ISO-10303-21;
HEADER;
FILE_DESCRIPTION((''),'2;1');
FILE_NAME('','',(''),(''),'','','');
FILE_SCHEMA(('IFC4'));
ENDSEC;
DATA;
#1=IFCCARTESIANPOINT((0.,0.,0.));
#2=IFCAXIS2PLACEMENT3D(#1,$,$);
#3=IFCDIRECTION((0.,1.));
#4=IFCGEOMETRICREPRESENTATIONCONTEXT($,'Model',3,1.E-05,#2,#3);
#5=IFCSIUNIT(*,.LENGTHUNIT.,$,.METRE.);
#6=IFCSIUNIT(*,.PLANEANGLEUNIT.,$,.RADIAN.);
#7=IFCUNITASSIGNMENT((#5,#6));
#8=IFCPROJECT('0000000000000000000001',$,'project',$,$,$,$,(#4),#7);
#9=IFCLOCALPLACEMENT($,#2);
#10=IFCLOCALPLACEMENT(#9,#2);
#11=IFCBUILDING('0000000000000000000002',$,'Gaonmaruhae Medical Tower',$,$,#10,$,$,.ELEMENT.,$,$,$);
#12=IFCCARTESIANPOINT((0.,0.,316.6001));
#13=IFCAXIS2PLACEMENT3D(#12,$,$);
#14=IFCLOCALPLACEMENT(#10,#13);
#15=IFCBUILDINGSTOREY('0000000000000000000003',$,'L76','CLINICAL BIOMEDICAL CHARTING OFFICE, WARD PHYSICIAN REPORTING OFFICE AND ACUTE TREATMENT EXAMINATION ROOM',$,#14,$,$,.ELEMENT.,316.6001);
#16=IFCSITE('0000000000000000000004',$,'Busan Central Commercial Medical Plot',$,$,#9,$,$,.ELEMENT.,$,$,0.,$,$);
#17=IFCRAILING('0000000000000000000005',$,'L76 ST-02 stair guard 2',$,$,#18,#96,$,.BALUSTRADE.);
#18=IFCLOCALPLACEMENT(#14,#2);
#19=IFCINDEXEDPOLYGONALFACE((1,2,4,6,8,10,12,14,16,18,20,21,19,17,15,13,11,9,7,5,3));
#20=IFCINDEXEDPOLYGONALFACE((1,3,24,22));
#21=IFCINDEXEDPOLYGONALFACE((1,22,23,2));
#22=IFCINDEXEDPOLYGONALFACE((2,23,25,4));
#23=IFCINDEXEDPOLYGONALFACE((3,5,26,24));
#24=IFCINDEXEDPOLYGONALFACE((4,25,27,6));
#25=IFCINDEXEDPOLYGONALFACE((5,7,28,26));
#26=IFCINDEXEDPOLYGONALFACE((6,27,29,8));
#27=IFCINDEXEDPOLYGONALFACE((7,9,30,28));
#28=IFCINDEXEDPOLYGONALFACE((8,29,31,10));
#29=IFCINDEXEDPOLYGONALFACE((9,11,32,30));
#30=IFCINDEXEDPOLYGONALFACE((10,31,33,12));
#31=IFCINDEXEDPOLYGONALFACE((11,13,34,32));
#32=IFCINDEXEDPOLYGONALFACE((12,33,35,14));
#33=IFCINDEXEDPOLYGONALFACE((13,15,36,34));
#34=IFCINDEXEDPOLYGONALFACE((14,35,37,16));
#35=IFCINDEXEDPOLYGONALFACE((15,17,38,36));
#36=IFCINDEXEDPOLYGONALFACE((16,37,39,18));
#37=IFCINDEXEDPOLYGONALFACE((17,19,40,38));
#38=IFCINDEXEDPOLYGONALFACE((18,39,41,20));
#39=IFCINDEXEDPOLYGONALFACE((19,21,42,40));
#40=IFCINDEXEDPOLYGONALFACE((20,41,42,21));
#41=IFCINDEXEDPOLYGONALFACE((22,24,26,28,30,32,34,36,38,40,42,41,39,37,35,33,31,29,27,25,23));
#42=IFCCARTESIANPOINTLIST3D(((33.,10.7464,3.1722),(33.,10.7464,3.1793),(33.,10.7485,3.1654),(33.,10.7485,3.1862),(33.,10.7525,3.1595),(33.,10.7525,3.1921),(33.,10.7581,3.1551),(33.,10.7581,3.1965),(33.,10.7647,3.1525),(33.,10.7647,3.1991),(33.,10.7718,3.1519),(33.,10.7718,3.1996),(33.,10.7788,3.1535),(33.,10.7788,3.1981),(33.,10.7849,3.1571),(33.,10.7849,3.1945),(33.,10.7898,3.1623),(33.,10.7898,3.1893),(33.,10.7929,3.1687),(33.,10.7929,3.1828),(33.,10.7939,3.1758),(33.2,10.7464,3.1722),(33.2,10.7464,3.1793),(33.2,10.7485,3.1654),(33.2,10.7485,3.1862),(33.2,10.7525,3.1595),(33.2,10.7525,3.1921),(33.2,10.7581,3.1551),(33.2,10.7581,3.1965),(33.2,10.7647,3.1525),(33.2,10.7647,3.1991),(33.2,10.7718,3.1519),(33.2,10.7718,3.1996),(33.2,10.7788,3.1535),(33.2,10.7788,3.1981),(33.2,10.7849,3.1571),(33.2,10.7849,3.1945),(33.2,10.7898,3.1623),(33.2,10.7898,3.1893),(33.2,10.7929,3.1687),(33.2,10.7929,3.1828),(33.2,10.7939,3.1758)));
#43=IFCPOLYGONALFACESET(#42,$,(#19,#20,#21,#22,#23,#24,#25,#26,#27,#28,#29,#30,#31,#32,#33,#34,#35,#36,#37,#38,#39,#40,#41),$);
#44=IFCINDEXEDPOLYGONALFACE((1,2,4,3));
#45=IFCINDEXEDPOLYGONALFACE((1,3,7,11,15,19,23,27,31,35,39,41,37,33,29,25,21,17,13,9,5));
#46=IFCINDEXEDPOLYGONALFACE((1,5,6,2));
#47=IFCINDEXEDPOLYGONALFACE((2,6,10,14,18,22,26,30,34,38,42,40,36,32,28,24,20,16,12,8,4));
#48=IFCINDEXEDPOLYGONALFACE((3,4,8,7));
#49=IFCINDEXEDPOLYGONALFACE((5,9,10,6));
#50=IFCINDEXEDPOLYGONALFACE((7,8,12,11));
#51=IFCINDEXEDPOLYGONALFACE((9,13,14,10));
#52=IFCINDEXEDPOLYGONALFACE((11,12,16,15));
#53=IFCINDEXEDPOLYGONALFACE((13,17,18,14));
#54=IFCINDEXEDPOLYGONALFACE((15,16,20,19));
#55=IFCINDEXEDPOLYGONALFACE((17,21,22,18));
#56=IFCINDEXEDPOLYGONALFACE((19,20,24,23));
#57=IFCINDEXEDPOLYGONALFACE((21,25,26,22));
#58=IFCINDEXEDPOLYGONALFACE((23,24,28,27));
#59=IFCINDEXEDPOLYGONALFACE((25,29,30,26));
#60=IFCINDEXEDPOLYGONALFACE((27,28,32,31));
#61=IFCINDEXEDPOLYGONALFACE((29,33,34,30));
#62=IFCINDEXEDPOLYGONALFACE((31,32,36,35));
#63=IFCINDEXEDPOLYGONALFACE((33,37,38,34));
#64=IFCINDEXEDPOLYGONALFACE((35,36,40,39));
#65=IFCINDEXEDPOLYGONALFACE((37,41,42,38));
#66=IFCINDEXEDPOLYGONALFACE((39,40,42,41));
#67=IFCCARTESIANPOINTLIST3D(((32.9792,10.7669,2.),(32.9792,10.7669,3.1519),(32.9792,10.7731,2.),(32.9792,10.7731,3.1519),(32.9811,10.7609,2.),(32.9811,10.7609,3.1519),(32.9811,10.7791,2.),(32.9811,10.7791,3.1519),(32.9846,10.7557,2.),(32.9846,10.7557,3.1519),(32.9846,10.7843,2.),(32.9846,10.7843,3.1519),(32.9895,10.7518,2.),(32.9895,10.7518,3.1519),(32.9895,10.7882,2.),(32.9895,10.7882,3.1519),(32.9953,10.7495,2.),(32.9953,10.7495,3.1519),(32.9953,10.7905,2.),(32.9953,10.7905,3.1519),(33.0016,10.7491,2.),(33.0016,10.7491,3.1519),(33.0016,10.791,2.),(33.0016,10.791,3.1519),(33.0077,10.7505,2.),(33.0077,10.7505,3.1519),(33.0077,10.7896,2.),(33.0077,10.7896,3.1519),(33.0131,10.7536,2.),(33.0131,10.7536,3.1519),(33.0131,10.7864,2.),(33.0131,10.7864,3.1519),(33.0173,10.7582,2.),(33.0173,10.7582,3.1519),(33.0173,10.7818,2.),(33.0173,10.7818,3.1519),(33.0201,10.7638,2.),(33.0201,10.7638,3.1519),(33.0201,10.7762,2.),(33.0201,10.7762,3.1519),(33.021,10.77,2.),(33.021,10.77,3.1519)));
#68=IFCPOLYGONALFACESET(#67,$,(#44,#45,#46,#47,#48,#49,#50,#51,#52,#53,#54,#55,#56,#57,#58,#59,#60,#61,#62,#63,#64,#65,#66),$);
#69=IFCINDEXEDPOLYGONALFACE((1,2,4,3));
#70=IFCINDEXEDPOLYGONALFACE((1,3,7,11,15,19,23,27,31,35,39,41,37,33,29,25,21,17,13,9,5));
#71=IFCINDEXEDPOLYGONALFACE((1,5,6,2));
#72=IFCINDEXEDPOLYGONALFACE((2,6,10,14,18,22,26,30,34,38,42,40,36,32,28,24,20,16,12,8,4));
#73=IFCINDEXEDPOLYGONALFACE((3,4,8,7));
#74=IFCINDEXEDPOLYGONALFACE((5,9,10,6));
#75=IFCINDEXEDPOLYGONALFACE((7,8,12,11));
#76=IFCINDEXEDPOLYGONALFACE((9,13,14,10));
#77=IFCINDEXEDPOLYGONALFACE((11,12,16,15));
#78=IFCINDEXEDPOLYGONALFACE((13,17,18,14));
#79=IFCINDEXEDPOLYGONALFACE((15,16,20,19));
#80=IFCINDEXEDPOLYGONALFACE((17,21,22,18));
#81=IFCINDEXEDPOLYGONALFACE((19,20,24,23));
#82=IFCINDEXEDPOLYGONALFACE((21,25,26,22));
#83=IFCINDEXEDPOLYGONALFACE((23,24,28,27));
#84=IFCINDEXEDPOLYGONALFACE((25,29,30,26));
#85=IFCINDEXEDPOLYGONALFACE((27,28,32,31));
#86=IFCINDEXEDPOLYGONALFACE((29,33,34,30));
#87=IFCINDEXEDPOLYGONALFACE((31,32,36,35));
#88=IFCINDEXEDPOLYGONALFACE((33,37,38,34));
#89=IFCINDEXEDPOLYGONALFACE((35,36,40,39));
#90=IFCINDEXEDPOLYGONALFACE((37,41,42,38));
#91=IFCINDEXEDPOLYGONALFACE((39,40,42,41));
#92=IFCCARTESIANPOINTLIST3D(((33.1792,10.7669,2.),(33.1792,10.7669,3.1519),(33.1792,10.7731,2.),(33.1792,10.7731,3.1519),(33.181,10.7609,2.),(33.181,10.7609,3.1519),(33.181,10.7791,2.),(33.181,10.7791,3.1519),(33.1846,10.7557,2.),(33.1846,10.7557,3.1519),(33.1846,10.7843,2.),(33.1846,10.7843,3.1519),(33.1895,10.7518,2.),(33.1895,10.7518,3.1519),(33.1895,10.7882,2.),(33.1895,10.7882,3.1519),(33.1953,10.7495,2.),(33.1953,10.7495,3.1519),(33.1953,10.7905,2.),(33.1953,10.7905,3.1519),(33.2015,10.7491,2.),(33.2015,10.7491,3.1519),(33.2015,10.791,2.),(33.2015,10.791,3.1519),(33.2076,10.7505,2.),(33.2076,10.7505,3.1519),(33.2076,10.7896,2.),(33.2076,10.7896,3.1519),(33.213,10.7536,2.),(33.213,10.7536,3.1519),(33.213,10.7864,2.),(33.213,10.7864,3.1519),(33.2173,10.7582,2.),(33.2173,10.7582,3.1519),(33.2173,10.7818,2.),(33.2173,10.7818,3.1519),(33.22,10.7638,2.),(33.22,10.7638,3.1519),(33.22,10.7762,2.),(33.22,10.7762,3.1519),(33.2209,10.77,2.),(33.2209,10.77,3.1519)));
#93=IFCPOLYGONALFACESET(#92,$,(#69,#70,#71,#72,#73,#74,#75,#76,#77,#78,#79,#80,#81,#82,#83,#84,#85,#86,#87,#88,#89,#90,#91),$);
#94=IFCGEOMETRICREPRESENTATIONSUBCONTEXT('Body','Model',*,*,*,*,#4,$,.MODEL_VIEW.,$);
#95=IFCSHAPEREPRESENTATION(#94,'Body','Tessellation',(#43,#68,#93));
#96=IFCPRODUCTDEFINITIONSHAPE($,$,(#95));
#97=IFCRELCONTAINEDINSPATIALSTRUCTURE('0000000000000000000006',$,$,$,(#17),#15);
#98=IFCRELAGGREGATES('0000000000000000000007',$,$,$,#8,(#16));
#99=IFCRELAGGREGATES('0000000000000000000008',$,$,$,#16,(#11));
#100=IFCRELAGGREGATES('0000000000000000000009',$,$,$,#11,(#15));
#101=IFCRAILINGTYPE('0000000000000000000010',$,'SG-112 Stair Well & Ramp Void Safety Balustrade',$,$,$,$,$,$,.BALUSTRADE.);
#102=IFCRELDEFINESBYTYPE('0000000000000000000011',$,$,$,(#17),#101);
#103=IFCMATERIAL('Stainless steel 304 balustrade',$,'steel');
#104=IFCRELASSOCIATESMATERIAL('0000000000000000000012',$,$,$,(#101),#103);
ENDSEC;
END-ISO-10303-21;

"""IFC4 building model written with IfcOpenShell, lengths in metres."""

from ifc_helpers import new_model, si_unit, direction, frame, origin, origin_2d, place, context, subcontext, project, spatial, circle, extrude, material, type_object, element, save


model = new_model("IFC4")

# Units and contexts
model_context = context("Model", 3, precision=1e-05, world=origin(), true_north=direction((0.0, 1.0)))
body_context = subcontext(model_context, "Body", "Model", "MODEL_VIEW")
ifc_project = project(units=[si_unit("LENGTHUNIT", "METRE"), si_unit("PLANEANGLEUNIT", "RADIAN")], contexts=[model_context])

# Site, building, storey
site_placement = place(None, origin())
site = spatial("IfcSite", under=ifc_project, at=site_placement, Name="Busan Central Commercial Medical Plot", CompositionType="ELEMENT", RefElevation=0.0)
building_placement = place(site_placement, origin())
building = spatial("IfcBuilding", under=site, at=building_placement, Name="Gaonmaruhae Medical Tower", CompositionType="ELEMENT")
storey_placement = place(building_placement, frame((0.0, 0.0, 316.6001)))
storey = spatial("IfcBuildingStorey", under=building, at=storey_placement, Name="L76", Description="CLINICAL BIOMEDICAL CHARTING OFFICE, WARD PHYSICIAN REPORTING OFFICE AND ACUTE TREATMENT EXAMINATION ROOM", CompositionType="ELEMENT", Elevation=316.6001)

# Railing
ifc_material_1 = material(Name="Stainless steel 304 balustrade", Category="steel")
railing_type_1 = type_object("IfcRailingType", Name="SG-112 Stair Well & Ramp Void Safety Balustrade", PredefinedType="BALUSTRADE", material=ifc_material_1)
railing_1_placement = place(storey_placement, frame((33.0, 10.77, 2.0)))
element("IfcRailing", 1, at=railing_1_placement, inside=storey, type_object=railing_type_1, Name="L76 ST-02 stair guard 2", PredefinedType="BALUSTRADE", context=body_context, shape_type="SweptSolid", body=[
    extrude(circle(Radius=0.0239, at=origin_2d()), frame((0.0, 0.0, 1.1758), z_axis=(1.0, 0.0, 0.0), x_axis=(0.0, 1.0, 0.0)), (0.0, 0.0, 1.0), 0.2),
    extrude(circle(Radius=0.021, at=origin_2d()), origin(), (0.0, 0.0, 1.0), 1.1519),
    extrude(circle(Radius=0.021, at=origin_2d()), frame((0.2, 0.0, 0.0)), (0.0, 0.0, 1.0), 1.1519),
])

save(model, "model.ifc")
